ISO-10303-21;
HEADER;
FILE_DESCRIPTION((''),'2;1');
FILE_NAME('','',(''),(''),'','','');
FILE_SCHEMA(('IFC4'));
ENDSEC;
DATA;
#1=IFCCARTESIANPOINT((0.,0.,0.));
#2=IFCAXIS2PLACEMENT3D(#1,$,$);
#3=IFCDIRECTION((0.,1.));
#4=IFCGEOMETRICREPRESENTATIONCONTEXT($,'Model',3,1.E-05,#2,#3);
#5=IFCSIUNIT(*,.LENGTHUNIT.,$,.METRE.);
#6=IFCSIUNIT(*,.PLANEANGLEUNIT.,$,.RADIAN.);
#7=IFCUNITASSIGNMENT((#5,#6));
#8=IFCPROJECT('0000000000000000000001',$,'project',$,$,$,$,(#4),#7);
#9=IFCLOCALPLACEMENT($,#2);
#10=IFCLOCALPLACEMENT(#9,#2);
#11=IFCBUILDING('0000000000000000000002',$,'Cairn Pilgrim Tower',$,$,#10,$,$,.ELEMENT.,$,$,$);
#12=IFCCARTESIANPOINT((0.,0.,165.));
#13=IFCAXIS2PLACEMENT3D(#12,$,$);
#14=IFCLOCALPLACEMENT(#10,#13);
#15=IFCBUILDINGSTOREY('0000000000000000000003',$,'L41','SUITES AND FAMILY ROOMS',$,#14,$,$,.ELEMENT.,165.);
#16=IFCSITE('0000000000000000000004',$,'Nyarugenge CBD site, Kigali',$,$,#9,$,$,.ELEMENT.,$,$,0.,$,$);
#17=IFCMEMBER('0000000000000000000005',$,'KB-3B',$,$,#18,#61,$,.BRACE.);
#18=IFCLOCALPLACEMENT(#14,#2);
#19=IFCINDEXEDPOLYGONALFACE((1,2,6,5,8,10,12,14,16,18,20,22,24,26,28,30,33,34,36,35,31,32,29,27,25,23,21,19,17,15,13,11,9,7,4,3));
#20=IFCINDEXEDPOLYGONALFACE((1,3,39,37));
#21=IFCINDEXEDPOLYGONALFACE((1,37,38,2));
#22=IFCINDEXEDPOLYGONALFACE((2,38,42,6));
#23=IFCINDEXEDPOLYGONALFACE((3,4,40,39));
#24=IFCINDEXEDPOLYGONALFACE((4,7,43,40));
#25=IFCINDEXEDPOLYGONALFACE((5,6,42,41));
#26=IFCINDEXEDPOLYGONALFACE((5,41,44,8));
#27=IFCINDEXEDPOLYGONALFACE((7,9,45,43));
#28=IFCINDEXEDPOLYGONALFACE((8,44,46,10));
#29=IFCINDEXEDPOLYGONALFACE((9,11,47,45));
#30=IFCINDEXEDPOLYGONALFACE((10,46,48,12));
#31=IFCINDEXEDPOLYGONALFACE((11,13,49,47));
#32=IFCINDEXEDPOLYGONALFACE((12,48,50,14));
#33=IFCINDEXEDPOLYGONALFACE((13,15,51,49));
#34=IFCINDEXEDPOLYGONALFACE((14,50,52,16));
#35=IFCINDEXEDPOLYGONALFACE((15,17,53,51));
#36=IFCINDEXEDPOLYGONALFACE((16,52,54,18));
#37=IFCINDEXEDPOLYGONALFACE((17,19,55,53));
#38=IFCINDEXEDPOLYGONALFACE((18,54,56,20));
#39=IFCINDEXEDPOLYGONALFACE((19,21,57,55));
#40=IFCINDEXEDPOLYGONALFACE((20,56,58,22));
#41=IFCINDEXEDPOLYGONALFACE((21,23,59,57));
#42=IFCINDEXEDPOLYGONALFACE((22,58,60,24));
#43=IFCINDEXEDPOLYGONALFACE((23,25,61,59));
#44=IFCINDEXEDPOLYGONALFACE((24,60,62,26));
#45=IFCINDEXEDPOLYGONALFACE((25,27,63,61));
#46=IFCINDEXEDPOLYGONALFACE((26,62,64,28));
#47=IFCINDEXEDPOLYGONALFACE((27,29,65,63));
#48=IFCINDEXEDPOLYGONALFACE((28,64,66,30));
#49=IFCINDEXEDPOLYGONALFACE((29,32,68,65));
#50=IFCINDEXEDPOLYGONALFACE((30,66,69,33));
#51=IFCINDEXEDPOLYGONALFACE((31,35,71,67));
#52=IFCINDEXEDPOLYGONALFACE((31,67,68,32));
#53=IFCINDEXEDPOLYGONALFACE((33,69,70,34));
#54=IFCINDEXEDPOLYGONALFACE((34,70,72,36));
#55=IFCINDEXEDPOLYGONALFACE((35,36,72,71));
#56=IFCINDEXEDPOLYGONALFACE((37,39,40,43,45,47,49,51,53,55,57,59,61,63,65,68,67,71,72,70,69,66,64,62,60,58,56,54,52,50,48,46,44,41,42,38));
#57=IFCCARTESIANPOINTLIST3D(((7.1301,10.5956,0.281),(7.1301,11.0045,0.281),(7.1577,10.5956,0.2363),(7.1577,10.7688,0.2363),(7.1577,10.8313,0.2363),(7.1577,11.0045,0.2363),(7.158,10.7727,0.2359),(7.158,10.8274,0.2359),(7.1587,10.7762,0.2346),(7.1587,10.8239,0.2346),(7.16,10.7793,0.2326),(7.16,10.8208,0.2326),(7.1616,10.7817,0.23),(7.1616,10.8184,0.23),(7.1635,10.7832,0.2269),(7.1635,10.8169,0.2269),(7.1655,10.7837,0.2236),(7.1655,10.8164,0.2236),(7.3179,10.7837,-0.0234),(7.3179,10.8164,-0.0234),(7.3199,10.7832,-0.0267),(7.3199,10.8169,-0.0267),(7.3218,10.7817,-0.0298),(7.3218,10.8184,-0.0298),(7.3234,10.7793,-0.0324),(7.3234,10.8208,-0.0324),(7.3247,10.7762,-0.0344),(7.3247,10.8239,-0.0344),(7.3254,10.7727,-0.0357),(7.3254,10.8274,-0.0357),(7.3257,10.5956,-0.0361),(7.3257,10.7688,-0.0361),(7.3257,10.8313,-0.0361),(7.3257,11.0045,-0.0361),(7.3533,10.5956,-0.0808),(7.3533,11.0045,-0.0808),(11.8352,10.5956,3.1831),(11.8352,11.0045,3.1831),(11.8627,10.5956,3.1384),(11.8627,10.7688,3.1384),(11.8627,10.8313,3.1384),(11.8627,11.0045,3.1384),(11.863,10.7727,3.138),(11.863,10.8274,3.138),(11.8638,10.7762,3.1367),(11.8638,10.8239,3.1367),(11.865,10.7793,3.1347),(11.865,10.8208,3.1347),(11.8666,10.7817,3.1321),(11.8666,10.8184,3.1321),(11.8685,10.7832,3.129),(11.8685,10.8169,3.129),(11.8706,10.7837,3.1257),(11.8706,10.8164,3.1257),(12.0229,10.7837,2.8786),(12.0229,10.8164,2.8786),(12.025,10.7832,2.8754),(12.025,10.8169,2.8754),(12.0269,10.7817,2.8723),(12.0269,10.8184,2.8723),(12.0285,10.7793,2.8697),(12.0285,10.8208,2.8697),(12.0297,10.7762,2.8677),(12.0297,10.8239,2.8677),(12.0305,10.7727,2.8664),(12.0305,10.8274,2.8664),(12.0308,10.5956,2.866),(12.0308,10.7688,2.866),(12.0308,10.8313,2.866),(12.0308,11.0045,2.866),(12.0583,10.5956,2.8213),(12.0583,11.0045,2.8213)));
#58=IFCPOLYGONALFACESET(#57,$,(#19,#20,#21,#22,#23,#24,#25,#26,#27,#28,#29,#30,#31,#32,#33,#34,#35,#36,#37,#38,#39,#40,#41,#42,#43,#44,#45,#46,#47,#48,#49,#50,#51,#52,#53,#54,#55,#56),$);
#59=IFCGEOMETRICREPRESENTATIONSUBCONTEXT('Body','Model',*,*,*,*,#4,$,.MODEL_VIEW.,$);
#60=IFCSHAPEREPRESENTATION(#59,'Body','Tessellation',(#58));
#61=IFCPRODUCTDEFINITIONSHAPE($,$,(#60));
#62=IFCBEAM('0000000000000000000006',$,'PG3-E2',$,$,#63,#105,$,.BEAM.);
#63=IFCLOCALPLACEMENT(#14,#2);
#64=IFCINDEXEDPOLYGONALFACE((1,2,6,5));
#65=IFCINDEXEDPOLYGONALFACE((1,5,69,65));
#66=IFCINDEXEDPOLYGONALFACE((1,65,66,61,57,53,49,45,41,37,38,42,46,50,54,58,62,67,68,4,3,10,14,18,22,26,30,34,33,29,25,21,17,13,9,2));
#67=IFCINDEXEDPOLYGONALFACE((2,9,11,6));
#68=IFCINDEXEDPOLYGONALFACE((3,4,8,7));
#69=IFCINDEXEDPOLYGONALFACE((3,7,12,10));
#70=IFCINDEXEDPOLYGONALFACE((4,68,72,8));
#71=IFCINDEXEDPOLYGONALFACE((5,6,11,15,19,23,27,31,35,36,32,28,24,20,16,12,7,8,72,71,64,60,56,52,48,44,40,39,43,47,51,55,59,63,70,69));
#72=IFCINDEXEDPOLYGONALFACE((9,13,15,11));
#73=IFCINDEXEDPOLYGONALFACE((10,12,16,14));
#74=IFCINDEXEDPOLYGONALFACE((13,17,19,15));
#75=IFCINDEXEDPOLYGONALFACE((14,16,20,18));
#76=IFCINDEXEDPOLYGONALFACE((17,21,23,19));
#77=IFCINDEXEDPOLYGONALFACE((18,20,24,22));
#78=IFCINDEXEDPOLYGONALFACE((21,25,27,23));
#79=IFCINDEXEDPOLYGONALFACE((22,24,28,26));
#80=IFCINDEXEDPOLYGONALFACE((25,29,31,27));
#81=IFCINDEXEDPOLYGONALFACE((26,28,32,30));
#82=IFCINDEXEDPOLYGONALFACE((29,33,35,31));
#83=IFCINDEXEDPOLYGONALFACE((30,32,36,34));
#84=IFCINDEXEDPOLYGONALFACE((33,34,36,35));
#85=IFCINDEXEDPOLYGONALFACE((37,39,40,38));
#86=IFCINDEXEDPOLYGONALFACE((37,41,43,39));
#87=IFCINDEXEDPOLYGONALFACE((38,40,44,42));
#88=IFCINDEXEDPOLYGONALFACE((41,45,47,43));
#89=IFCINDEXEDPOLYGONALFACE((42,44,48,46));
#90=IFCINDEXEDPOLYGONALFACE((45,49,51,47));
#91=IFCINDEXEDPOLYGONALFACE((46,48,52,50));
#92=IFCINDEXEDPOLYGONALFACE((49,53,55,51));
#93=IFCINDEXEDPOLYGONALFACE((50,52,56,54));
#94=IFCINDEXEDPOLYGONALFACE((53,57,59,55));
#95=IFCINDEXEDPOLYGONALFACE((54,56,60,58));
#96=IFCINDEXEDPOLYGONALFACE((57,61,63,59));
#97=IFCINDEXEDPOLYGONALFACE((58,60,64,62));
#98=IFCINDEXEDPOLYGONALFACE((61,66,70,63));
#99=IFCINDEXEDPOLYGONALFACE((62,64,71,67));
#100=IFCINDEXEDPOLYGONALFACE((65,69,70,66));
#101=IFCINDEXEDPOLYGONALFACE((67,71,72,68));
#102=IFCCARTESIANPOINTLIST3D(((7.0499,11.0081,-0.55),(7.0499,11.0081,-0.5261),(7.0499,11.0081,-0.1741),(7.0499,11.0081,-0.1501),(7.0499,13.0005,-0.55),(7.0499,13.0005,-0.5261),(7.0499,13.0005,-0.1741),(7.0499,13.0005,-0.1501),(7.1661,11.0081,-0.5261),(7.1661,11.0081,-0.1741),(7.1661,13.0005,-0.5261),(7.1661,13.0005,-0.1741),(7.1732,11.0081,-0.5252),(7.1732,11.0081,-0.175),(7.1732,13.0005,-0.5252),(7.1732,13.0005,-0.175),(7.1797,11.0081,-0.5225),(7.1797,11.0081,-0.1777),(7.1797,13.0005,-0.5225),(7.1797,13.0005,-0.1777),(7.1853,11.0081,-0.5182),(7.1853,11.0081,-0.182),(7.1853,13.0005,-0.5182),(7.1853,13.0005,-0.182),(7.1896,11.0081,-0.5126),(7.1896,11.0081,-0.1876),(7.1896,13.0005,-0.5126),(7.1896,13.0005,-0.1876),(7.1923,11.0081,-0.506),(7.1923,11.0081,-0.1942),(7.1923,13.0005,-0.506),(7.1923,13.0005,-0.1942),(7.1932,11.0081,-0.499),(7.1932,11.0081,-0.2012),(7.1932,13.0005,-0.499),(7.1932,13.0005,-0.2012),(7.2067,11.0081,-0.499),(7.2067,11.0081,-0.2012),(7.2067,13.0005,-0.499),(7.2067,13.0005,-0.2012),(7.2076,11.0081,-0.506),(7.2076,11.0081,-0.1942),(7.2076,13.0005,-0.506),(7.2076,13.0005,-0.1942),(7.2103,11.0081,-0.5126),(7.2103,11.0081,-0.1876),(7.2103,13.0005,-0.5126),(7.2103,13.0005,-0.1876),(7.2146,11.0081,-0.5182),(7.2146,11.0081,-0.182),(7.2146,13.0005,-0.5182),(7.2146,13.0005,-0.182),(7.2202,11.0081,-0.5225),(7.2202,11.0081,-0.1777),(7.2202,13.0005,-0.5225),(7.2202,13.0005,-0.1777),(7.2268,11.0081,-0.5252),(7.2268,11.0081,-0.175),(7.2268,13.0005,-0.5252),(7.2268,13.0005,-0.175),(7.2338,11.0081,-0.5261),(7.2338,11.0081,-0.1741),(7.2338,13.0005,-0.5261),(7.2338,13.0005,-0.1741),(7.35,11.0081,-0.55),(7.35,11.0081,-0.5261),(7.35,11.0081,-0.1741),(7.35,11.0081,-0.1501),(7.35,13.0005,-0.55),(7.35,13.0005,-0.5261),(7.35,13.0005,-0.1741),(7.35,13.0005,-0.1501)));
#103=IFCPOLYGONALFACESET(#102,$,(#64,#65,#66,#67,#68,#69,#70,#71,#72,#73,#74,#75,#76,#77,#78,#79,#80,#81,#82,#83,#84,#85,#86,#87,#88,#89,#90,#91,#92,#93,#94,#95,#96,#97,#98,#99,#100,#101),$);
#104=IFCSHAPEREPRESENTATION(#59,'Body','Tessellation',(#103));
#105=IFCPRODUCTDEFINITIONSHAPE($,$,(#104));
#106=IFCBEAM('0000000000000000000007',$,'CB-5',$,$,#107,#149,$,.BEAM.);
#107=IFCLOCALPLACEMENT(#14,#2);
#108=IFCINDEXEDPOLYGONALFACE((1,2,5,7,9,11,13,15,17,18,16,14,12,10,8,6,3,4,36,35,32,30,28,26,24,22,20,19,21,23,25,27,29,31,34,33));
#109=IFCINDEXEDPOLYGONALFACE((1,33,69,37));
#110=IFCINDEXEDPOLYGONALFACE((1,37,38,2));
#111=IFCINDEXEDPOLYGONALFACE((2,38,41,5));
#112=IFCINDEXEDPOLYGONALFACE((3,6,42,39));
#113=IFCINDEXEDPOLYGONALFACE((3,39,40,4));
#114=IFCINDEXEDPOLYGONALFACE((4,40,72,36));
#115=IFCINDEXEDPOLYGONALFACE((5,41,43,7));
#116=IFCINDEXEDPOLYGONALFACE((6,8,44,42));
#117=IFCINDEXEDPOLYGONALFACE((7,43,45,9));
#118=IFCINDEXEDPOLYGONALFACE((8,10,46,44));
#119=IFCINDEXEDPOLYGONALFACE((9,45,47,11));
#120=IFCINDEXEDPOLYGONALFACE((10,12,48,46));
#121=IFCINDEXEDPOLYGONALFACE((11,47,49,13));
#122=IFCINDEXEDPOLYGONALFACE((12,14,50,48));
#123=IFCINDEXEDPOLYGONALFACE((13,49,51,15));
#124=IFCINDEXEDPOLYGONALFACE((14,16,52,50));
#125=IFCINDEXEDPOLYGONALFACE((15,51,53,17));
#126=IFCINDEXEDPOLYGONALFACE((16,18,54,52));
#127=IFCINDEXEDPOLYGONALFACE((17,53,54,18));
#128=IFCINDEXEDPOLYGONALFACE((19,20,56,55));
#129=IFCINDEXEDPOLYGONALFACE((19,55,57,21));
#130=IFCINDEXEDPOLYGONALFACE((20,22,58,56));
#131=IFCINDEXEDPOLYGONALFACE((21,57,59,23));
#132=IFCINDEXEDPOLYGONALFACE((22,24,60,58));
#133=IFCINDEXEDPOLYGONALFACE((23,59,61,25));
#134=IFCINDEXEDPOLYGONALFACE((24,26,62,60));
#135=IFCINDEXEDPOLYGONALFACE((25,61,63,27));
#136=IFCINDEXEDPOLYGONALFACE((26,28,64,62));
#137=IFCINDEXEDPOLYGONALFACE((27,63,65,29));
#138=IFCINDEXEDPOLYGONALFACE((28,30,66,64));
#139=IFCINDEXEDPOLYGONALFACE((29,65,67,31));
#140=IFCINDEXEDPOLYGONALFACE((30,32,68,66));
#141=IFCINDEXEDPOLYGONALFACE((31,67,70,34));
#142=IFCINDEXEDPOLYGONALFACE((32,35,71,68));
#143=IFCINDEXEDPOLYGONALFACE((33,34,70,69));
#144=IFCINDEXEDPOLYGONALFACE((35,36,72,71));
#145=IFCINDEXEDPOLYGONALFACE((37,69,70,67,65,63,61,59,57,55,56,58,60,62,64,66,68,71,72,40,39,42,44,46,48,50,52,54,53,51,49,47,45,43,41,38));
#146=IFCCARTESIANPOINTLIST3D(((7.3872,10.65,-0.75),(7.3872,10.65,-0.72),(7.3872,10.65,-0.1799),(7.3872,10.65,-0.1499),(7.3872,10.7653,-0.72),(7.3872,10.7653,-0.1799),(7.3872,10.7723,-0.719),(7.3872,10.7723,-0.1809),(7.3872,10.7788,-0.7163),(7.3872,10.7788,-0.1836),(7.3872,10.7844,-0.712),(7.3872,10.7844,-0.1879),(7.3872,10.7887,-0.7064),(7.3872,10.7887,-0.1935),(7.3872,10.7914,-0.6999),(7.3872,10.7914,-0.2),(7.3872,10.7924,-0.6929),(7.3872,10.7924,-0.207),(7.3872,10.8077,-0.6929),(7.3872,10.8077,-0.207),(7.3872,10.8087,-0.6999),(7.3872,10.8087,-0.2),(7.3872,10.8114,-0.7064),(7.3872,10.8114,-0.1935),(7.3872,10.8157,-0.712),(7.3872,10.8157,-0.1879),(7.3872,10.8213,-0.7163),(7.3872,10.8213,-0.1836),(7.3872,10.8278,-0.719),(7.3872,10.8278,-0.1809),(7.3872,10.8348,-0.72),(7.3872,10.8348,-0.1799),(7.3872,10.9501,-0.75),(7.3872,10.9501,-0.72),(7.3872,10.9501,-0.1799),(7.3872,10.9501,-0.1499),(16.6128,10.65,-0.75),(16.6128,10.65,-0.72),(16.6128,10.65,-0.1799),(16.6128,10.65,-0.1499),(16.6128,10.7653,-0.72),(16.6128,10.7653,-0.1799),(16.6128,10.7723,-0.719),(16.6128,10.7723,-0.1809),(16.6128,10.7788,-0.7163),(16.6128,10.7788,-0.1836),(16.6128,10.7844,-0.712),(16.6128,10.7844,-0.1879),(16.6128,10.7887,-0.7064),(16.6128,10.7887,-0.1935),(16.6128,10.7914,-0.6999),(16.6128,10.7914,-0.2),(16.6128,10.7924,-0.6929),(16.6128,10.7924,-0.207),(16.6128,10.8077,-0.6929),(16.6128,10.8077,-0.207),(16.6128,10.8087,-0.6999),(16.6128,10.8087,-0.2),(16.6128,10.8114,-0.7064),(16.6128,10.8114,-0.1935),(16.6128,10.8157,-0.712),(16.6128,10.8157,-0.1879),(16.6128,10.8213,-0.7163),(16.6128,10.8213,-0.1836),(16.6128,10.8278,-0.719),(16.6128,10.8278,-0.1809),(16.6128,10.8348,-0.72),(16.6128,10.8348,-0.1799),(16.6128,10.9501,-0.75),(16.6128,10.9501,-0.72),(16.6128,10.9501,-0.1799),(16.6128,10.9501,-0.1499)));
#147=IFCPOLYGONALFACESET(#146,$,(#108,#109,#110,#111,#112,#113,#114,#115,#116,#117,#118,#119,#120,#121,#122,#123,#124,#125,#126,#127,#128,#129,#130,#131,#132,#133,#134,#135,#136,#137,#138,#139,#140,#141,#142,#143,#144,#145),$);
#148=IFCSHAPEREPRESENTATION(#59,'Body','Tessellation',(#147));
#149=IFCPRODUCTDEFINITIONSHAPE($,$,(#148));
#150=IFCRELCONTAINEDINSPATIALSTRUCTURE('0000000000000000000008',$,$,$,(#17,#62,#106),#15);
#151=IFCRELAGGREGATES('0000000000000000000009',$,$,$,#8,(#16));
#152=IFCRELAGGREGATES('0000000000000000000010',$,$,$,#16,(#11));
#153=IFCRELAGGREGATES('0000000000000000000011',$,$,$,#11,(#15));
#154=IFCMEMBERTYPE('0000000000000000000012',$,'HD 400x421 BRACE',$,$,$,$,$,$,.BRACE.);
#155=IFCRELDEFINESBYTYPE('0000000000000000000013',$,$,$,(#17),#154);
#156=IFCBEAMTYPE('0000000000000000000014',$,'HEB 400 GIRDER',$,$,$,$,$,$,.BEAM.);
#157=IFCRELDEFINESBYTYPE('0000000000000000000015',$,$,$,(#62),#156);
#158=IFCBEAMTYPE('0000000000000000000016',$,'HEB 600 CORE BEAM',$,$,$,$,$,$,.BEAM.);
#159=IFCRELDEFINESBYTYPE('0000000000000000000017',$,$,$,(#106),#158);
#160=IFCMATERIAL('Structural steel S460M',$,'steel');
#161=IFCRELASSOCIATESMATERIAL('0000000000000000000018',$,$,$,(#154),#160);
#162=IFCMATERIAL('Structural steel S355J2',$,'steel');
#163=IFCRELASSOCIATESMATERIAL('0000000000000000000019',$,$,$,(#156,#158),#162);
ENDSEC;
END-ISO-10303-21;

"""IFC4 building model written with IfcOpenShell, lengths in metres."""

from ifc_helpers import new_model, si_unit, direction, frame, origin, origin_2d, place, context, subcontext, project, spatial, i_section, extrude, material, material_profile, profile_set, type_object, element, save


model = new_model("IFC4")

# Units and contexts
model_context = context("Model", 3, precision=1e-05, world=origin(), true_north=direction((0.0, 1.0)))
body_context = subcontext(model_context, "Body", "Model", "MODEL_VIEW")
ifc_project = project(units=[si_unit("LENGTHUNIT", "METRE"), si_unit("PLANEANGLEUNIT", "RADIAN")], contexts=[model_context])

# Site, building, storey
site_placement = place(None, origin())
site = spatial("IfcSite", under=ifc_project, at=site_placement, Name="Nyarugenge CBD site, Kigali", CompositionType="ELEMENT", RefElevation=0.0)
building_placement = place(site_placement, origin())
building = spatial("IfcBuilding", under=site, at=building_placement, Name="Cairn Pilgrim Tower", CompositionType="ELEMENT")
storey_placement = place(building_placement, frame((0.0, 0.0, 165.0)))
storey = spatial("IfcBuildingStorey", under=building, at=storey_placement, Name="L41", Description="SUITES AND FAMILY ROOMS", CompositionType="ELEMENT", Elevation=165.0)

# Shared definitions
ifc_material_1 = material(Name="Structural steel S355J2", Category="steel")
ifc_material_2 = material(Name="Structural steel S460M", Category="steel")

# Member
ifc_material_profile_1 = material_profile(ifc_material_2, i_section(OverallWidth=0.4089, OverallDepth=0.425, WebThickness=0.0327, FlangeThickness=0.0525, FilletRadius=0.0149, at=origin_2d()), Name="HD 400x421")
ifc_profile_set_1 = profile_set([ifc_material_profile_1], Name="Structural steel S460M")
member_type = type_object("IfcMemberType", Name="HD 400x421 BRACE", PredefinedType="BRACE", material=ifc_profile_set_1)
for number, where, z_axis, x_axis, name in (
    (1, (7.2417, 10.8, 0.1001), (0.85112, 0.0, 0.524972), (0.0, 1.0, 0.0), "KB-3B"),
):
    element("IfcMember", number, at=place(storey_placement, frame(where, z_axis=z_axis, x_axis=x_axis)), inside=storey, type_object=member_type, Name=name, PredefinedType="BRACE", context=body_context, shape_type="SweptSolid", body=[
        extrude(i_section(OverallWidth=0.4089, OverallDepth=0.425, WebThickness=0.0327, FlangeThickness=0.0525, FilletRadius=0.0149, at=origin_2d()), origin(), (0.0, 0.0, 1.0), 5.5281),
    ])

# Beams
ifc_material_profile_2 = material_profile(ifc_material_1, i_section(OverallWidth=0.3, OverallDepth=0.3999, WebThickness=0.0134, FlangeThickness=0.0239, FilletRadius=0.0271, at=origin_2d()), Name="HEB 400")
ifc_profile_set_2 = profile_set([ifc_material_profile_2], Name="Structural steel S355J2")
beam_type_1 = type_object("IfcBeamType", Name="HEB 400 GIRDER", PredefinedType="BEAM", material=ifc_profile_set_2)
beam_1_placement = place(storey_placement, frame((7.2, 11.0081, -0.3501), z_axis=(0.0, 1.0, 0.0), x_axis=(-1.0, 0.0, 0.0)))
element("IfcBeam", 2, at=beam_1_placement, inside=storey, type_object=beam_type_1, Name="PG3-E2", PredefinedType="BEAM", context=body_context, shape_type="SweptSolid", body=[
    extrude(i_section(OverallWidth=0.3, OverallDepth=0.3999, WebThickness=0.0134, FlangeThickness=0.0239, FilletRadius=0.0271, at=origin_2d()), origin(), (0.0, 0.0, 1.0), 1.9924),
])
ifc_material_profile_3 = material_profile(ifc_material_1, i_section(OverallWidth=0.3, OverallDepth=0.6001, WebThickness=0.0154, FlangeThickness=0.03, FilletRadius=0.0271, at=origin_2d()), Name="HEB 600")
ifc_profile_set_3 = profile_set([ifc_material_profile_3], Name="Structural steel S355J2")
beam_type_2 = type_object("IfcBeamType", Name="HEB 600 CORE BEAM", PredefinedType="BEAM", material=ifc_profile_set_3)
beam_2_placement = place(storey_placement, frame((16.6128, 10.8, -0.45), z_axis=(-1.0, 0.0, 0.0), x_axis=(0.0, -1.0, 0.0)))
element("IfcBeam", 3, at=beam_2_placement, inside=storey, type_object=beam_type_2, Name="CB-5", PredefinedType="BEAM", context=body_context, shape_type="SweptSolid", body=[
    extrude(i_section(OverallWidth=0.3, OverallDepth=0.6001, WebThickness=0.0154, FlangeThickness=0.03, FilletRadius=0.0271, at=origin_2d()), origin(), (0.0, 0.0, 1.0), 9.2256),
])

save(model, "model.ifc")
